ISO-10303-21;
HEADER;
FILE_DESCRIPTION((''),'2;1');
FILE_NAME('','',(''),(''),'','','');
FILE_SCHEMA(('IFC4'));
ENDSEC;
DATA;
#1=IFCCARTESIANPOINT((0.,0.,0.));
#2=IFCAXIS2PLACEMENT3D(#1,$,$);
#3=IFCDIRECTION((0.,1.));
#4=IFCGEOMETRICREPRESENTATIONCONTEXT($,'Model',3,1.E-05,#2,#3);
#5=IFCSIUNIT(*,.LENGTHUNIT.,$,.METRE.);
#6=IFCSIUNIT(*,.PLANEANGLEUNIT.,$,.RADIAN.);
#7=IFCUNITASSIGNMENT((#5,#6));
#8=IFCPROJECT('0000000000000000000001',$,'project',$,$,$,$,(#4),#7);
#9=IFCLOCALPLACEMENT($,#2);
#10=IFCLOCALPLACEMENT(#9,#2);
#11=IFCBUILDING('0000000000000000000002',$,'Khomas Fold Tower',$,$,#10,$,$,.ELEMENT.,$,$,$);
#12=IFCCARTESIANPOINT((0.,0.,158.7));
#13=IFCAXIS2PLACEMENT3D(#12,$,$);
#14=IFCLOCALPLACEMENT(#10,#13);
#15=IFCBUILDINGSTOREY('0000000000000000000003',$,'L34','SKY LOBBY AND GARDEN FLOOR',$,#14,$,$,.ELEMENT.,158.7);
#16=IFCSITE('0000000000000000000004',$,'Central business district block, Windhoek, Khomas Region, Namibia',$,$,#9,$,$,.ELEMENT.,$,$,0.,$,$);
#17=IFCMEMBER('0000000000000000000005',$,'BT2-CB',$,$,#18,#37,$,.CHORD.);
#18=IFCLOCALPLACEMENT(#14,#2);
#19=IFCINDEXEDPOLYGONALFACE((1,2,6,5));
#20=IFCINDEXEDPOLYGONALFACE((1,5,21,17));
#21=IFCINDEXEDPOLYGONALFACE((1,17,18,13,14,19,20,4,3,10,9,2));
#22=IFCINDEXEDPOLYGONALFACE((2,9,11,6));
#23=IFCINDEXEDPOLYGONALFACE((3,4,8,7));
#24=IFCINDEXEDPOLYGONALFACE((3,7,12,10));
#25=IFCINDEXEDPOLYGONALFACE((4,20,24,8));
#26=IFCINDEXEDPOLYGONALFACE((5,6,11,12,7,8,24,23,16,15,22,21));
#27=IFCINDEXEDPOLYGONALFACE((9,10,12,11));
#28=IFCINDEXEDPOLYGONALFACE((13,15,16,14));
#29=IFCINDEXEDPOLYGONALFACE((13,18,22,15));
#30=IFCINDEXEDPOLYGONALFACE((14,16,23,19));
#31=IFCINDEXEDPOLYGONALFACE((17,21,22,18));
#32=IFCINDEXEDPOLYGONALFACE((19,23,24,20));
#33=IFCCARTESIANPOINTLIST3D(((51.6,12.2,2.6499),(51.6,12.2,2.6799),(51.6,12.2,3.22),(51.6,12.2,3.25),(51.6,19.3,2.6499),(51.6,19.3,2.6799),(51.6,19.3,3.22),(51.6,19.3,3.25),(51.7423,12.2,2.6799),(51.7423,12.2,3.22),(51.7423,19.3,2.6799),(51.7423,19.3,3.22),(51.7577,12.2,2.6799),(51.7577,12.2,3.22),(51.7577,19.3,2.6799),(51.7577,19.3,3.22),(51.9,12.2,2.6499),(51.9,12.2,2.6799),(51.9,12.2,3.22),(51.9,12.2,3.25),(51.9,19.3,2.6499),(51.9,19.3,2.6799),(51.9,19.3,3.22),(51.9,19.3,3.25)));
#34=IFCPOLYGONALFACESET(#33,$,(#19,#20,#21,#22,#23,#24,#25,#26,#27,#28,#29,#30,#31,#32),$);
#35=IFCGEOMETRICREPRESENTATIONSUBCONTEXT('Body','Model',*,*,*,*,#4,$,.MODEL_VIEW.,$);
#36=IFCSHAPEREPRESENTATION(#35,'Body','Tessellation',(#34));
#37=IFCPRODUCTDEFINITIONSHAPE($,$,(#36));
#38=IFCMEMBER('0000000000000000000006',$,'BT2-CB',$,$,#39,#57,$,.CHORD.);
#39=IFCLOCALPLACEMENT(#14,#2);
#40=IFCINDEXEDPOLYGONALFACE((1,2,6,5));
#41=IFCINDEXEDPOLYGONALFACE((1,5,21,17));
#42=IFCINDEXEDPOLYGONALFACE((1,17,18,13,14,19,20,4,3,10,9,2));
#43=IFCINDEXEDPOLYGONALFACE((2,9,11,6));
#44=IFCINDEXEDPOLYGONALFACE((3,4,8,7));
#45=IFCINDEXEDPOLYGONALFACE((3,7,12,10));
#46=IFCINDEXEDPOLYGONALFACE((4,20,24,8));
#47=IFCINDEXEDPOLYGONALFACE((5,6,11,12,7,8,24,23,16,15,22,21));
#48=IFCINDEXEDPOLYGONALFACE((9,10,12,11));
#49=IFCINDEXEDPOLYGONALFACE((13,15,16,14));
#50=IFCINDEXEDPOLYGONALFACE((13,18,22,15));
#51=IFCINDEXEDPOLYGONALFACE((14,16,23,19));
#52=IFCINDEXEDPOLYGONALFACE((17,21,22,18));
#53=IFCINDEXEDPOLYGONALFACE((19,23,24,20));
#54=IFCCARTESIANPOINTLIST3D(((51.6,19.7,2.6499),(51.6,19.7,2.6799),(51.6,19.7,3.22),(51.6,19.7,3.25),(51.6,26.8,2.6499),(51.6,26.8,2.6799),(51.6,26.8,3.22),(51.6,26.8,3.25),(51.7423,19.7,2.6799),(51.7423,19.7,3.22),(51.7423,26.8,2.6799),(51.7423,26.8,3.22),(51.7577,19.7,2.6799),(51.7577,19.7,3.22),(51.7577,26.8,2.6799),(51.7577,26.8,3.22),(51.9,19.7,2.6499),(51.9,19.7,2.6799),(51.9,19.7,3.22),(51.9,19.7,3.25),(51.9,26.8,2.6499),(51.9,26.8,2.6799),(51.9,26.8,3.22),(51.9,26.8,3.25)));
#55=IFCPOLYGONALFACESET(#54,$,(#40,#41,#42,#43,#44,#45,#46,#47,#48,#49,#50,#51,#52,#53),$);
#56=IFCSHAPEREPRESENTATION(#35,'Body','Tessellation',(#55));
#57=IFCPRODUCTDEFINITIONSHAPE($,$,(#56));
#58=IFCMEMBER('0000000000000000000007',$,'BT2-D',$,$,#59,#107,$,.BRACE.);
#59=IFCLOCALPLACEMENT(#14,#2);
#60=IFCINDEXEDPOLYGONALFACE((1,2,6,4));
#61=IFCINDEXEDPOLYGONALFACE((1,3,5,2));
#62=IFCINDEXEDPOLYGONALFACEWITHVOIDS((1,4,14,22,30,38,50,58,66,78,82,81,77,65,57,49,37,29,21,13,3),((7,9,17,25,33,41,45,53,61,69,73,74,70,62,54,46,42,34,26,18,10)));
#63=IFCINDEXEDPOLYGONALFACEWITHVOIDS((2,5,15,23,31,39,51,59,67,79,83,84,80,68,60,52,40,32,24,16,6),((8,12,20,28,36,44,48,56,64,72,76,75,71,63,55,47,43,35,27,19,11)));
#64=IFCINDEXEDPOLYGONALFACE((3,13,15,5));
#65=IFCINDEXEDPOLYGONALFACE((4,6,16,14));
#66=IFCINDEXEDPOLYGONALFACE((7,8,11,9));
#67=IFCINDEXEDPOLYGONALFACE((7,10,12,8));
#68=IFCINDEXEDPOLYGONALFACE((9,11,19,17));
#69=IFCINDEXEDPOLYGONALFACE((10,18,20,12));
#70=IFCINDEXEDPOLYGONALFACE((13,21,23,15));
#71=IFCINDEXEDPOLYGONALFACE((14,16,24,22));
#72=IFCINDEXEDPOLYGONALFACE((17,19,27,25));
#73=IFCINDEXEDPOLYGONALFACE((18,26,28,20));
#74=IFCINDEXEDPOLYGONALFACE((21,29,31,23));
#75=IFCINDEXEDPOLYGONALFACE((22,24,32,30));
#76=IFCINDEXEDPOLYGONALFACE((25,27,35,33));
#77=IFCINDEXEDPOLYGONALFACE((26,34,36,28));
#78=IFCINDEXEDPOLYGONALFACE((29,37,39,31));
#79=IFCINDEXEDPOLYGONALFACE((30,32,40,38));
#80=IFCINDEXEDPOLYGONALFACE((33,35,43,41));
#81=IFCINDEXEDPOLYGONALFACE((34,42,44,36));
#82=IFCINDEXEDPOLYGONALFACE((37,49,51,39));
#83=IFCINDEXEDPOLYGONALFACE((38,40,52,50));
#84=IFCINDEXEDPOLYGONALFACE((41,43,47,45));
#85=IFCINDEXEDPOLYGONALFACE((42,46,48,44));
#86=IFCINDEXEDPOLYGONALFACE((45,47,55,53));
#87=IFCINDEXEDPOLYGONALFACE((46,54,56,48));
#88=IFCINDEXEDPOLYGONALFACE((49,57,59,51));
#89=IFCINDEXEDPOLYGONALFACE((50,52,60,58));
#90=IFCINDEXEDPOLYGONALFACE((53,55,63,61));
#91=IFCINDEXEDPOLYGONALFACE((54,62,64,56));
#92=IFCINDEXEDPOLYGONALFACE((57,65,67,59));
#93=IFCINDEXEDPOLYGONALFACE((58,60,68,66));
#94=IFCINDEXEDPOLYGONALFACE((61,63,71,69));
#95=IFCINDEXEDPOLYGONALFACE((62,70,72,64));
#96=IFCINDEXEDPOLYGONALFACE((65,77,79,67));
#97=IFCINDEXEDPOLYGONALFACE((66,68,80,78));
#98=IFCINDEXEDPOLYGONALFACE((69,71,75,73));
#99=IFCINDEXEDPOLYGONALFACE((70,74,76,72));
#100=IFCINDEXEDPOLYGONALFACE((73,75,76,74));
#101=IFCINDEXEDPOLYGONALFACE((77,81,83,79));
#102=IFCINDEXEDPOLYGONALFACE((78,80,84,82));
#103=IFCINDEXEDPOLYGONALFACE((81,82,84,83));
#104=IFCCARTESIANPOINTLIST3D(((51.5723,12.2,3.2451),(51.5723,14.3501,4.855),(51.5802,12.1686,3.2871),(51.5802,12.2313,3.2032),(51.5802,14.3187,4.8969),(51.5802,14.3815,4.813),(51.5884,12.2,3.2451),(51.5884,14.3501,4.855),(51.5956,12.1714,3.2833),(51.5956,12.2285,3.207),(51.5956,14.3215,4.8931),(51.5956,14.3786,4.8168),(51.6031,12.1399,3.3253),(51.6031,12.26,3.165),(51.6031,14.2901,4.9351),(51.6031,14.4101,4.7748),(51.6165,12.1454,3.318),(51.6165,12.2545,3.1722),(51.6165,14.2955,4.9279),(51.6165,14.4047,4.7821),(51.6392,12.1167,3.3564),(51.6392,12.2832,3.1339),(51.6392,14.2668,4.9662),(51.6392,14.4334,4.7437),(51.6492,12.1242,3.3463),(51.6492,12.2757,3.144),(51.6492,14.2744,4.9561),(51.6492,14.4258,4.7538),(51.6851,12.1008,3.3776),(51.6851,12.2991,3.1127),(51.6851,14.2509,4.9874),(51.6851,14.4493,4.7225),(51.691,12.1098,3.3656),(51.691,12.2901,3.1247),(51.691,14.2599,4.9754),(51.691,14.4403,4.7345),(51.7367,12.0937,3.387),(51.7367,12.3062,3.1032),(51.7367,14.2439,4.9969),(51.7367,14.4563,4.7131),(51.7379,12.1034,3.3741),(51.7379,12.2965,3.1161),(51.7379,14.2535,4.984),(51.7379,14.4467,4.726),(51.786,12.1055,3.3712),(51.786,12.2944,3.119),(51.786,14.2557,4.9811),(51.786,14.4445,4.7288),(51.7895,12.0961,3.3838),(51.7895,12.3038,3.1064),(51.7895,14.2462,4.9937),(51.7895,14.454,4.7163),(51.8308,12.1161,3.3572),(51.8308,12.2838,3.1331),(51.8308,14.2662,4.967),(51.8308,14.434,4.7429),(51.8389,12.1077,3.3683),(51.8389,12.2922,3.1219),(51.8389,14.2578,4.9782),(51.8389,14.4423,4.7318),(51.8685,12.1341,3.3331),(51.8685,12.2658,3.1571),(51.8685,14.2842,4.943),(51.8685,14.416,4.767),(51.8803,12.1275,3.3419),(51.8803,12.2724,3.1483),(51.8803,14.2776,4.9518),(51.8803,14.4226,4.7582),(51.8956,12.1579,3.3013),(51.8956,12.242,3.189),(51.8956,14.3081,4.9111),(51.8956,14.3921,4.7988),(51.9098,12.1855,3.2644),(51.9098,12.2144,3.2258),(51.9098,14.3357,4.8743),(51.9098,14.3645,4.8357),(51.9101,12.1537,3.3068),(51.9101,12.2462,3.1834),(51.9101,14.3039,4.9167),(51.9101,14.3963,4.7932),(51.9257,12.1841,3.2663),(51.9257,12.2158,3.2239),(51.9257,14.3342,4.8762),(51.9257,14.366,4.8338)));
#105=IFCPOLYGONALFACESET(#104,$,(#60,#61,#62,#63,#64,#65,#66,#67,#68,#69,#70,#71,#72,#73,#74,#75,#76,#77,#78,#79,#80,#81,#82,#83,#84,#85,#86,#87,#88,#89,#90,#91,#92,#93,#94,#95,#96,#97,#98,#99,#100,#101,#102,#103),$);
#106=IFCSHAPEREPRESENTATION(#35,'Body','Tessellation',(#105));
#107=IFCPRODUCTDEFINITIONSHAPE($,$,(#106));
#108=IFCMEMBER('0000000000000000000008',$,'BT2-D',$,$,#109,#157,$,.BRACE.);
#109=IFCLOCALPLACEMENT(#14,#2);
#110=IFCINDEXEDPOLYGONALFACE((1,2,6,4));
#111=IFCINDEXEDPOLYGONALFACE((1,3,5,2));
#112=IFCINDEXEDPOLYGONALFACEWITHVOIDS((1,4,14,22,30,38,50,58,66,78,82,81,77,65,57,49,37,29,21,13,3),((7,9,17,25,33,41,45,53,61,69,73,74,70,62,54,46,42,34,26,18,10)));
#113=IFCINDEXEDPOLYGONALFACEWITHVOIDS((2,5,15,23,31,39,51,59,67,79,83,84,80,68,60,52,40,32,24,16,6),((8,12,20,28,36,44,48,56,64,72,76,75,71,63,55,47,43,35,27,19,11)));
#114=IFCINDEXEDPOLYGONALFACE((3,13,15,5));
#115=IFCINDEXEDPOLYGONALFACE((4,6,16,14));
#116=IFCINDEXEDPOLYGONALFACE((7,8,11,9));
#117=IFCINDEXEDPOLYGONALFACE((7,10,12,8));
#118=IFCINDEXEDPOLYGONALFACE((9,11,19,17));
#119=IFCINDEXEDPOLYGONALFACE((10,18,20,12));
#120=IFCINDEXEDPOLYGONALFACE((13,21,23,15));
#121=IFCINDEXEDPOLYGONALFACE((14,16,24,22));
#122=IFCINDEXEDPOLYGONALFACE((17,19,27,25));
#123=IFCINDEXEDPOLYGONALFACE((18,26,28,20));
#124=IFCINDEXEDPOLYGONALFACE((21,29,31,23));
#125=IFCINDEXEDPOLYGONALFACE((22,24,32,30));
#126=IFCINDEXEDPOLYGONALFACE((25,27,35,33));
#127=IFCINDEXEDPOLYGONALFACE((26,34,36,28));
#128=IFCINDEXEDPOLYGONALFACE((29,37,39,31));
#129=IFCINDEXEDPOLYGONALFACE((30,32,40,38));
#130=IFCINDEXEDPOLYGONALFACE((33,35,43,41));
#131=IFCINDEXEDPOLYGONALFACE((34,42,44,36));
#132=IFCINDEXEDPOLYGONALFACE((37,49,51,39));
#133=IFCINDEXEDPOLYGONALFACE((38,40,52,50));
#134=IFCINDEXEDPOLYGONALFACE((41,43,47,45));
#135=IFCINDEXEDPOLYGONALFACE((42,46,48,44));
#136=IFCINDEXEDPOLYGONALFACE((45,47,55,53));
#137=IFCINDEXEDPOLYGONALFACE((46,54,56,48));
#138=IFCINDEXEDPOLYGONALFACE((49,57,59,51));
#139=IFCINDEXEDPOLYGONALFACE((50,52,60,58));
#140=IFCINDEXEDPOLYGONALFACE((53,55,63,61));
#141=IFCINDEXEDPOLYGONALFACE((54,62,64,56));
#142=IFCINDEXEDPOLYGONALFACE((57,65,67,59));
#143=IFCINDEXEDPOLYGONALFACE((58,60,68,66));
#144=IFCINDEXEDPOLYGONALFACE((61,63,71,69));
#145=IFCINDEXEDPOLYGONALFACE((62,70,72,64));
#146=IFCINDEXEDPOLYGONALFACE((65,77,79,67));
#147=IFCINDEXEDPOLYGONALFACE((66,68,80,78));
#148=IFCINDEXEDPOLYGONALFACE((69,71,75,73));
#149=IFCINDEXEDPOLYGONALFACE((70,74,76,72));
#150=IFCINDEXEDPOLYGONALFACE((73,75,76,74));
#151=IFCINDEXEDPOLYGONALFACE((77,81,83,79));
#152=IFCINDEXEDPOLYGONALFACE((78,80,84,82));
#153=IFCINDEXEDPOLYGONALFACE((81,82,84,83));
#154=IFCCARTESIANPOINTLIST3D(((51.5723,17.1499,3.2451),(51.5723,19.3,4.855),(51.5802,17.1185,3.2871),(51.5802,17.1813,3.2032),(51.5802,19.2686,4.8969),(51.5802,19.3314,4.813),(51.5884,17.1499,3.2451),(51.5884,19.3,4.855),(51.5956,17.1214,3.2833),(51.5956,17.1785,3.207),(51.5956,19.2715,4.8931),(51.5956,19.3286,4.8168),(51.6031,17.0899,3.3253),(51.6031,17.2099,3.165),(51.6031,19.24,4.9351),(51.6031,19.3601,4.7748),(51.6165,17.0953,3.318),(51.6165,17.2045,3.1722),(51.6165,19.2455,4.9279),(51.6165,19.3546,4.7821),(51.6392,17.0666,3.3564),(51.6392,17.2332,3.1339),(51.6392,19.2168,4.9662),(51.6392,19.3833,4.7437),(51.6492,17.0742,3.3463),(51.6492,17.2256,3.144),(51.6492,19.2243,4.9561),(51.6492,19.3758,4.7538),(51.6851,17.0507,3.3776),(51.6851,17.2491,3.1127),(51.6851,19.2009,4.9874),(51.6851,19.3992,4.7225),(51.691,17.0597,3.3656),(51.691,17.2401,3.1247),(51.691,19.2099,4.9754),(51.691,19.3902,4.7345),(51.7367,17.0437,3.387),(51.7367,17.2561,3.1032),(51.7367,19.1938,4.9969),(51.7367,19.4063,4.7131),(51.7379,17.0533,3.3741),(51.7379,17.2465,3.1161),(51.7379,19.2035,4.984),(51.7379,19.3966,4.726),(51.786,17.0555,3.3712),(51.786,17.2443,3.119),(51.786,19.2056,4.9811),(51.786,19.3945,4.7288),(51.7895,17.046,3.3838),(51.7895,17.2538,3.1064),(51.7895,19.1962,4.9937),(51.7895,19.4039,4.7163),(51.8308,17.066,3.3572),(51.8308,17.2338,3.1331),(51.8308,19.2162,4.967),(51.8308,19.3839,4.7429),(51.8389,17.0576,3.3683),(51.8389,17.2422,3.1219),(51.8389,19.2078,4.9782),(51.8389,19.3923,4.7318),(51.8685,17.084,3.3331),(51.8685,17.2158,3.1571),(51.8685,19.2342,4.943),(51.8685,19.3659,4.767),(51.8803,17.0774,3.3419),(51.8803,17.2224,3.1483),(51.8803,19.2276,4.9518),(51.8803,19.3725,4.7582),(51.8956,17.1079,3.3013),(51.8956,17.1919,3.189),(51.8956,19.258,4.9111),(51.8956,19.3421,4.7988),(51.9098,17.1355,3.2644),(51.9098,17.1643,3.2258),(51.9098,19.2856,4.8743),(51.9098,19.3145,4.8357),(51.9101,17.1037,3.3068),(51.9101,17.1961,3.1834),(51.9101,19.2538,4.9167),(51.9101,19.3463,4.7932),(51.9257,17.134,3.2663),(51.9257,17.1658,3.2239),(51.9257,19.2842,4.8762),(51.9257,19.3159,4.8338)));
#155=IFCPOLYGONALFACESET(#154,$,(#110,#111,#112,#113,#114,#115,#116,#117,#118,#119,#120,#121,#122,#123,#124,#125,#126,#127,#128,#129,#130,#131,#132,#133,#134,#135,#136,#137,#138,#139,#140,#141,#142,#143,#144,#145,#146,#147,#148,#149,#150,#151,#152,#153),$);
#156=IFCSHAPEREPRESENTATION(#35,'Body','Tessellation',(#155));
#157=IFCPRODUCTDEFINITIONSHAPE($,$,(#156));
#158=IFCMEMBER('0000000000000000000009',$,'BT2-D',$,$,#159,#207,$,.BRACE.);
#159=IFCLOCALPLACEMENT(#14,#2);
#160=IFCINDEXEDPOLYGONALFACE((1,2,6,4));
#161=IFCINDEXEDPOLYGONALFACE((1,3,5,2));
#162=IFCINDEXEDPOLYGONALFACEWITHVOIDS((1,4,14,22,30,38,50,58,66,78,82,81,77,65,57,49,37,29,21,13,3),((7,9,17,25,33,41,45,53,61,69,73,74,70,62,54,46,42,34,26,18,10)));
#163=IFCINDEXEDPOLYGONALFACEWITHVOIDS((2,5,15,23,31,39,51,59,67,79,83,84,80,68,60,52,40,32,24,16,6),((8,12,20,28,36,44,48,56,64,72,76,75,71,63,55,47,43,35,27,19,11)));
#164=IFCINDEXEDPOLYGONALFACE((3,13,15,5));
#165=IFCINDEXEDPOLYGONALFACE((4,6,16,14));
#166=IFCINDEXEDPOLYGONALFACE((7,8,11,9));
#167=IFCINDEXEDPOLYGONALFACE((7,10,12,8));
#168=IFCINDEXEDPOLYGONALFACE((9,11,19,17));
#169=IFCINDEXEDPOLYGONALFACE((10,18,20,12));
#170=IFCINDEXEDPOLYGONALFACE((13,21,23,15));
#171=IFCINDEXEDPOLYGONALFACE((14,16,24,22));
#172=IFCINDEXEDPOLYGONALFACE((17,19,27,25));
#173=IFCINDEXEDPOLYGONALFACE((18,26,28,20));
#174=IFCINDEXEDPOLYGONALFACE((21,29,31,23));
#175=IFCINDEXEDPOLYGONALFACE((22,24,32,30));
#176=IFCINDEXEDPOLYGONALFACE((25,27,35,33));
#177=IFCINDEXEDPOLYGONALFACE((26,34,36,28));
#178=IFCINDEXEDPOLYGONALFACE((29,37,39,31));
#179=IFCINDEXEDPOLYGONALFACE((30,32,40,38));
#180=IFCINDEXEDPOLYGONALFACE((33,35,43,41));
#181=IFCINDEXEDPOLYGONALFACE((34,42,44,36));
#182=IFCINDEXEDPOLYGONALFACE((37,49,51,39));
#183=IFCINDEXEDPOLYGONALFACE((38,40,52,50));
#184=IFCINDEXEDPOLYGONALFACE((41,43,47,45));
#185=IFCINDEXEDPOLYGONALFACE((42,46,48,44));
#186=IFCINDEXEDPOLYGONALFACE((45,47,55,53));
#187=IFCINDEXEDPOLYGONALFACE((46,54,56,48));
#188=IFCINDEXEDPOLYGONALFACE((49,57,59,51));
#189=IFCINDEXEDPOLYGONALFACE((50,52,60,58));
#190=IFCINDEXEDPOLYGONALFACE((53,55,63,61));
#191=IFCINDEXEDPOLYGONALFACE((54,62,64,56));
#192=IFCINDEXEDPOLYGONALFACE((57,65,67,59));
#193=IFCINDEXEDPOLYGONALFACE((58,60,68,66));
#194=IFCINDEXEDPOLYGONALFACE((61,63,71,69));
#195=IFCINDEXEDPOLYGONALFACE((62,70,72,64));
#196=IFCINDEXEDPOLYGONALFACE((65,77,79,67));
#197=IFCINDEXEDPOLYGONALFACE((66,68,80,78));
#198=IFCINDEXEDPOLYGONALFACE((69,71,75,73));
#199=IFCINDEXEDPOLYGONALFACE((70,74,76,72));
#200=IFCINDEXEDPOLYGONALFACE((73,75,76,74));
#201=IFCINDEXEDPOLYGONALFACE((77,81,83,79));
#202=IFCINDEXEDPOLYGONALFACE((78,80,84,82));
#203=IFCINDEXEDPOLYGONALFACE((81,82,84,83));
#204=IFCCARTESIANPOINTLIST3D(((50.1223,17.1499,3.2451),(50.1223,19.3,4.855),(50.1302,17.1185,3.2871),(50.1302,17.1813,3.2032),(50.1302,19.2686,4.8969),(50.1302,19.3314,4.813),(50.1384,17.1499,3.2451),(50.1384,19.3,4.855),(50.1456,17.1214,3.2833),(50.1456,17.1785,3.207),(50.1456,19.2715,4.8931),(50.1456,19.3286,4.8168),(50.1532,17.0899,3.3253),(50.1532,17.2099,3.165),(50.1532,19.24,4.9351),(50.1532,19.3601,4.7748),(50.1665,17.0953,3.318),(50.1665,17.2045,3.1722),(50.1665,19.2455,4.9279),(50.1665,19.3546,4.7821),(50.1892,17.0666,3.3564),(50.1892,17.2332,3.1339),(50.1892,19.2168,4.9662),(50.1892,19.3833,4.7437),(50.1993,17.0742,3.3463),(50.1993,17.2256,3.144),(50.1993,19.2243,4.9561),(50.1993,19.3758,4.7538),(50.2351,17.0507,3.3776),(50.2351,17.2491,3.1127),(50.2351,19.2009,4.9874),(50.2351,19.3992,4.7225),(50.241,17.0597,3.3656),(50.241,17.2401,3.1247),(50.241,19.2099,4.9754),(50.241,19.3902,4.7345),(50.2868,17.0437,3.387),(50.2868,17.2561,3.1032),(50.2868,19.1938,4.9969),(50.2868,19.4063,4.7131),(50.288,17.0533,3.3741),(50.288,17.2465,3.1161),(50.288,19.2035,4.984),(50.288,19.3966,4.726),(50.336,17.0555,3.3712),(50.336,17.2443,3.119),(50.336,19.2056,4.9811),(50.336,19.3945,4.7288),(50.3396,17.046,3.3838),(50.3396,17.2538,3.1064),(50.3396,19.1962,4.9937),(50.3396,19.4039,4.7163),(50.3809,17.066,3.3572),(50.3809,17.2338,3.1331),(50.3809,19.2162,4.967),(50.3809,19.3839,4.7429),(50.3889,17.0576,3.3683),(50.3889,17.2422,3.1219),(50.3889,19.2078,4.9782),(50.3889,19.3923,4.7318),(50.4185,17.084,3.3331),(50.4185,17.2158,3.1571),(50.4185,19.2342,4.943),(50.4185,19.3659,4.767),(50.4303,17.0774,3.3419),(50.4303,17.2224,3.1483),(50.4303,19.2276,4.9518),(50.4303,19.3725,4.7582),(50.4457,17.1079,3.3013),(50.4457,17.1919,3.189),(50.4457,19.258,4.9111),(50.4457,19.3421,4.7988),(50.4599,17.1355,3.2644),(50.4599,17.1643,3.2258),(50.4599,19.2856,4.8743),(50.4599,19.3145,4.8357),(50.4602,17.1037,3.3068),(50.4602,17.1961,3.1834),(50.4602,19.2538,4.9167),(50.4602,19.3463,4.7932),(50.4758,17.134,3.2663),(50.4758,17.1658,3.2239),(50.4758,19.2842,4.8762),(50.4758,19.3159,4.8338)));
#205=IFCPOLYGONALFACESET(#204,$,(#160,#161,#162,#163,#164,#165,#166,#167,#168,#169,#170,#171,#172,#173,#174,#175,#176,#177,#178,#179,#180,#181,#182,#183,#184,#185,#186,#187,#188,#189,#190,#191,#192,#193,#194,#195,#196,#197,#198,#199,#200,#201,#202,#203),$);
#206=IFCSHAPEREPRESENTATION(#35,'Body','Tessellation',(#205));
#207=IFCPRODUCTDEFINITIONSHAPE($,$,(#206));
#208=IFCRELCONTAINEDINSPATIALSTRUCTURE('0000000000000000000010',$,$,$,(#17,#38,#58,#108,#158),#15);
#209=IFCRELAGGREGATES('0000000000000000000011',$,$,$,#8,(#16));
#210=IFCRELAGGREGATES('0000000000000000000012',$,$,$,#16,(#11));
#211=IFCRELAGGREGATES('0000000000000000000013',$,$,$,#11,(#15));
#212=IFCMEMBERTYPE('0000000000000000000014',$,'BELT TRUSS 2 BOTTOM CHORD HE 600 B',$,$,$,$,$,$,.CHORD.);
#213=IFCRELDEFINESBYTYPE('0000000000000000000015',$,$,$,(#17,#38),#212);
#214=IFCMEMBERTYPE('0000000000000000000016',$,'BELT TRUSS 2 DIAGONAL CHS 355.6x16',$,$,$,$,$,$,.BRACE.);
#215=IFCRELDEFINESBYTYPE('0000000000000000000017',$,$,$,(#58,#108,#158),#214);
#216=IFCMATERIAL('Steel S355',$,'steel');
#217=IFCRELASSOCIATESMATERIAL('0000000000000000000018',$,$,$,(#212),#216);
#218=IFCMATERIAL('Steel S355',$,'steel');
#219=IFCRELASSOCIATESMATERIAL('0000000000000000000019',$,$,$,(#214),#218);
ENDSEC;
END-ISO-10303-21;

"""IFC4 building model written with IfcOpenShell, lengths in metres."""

from ifc_helpers import new_model, si_unit, direction, frame, origin, origin_2d, place, context, subcontext, project, spatial, hollow_circle, i_section, extrude, source, transform, mapped, material, material_profile, profile_set, type_object, element, save


model = new_model("IFC4")

# Units and contexts
model_context = context("Model", 3, precision=1e-05, world=origin(), true_north=direction((0.0, 1.0)))
body_context = subcontext(model_context, "Body", "Model", "MODEL_VIEW")
ifc_project = project(units=[si_unit("LENGTHUNIT", "METRE"), si_unit("PLANEANGLEUNIT", "RADIAN")], contexts=[model_context])

# Site, building, storey
site_placement = place(None, origin())
site = spatial("IfcSite", under=ifc_project, at=site_placement, Name="Central business district block, Windhoek, Khomas Region, Namibia", CompositionType="ELEMENT", RefElevation=0.0)
building_placement = place(site_placement, origin())
building = spatial("IfcBuilding", under=site, at=building_placement, Name="Khomas Fold Tower", CompositionType="ELEMENT")
storey_placement = place(building_placement, frame((0.0, 0.0, 158.7)))
storey = spatial("IfcBuildingStorey", under=building, at=storey_placement, Name="L34", Description="SKY LOBBY AND GARDEN FLOOR", CompositionType="ELEMENT", Elevation=158.7)

# Members
ifc_material_1 = material(Name="Steel S355", Category="steel")
ifc_material_profile_1 = material_profile(ifc_material_1, i_section(OverallWidth=0.3, OverallDepth=0.6001, WebThickness=0.0154, FlangeThickness=0.03, at=origin_2d()), Name="HE 600 B")
ifc_profile_set_1 = profile_set([ifc_material_profile_1], Name="Steel S355")
member_type_1 = type_object("IfcMemberType", Name="BELT TRUSS 2 BOTTOM CHORD HE 600 B", PredefinedType="CHORD", material=ifc_profile_set_1)
shared_shape_1 = source(origin(), body_context, "Body", "SweptSolid", [
    extrude(i_section(OverallWidth=0.3, OverallDepth=0.6001, WebThickness=0.0154, FlangeThickness=0.03, at=origin_2d()), origin(), (0.0, 0.0, 1.0), 7.1001),
])
for number, where, z_axis, x_axis, name in (
    (1, (51.75, 12.2, 2.95), (0.0, 1.0, 0.0), (-1.0, 0.0, 0.0), "BT2-CB"),
    (2, (51.75, 19.7, 2.95), (0.0, 1.0, 0.0), (-1.0, 0.0, 0.0), "BT2-CB"),
):
    element("IfcMember", number, at=place(storey_placement, frame(where, z_axis=z_axis, x_axis=x_axis)), inside=storey, type_object=member_type_1, Name=name, PredefinedType="CHORD", context=body_context, shape_type="MappedRepresentation", body=[
        mapped(shared_shape_1, transform((0.0, 0.0, 0.0))),
    ])
ifc_material_2 = material(Name="Steel S355", Category="steel")
ifc_material_profile_2 = material_profile(ifc_material_2, hollow_circle(Radius=0.1777, WallThickness=0.0161, at=origin_2d()), Name="CHS 355.6x16")
ifc_profile_set_2 = profile_set([ifc_material_profile_2], Name="Steel S355")
member_type_2 = type_object("IfcMemberType", Name="BELT TRUSS 2 DIAGONAL CHS 355.6x16", PredefinedType="BRACE", material=ifc_profile_set_2)
shared_shape_2 = source(origin(), body_context, "Body", "SweptSolid", [
    extrude(hollow_circle(Radius=0.1777, WallThickness=0.0161, at=origin_2d()), origin(), (0.0, 0.0, 1.0), 2.686),
])
for number, where, z_axis, x_axis, name in (
    (3, (51.75, 12.2, 3.2451), (0.0, 0.800491, 0.599345), (-1.0, 0.0, 0.0), "BT2-D"),
    (4, (51.75, 17.1499, 3.2451), (0.0, 0.800491, 0.599345), (-1.0, 0.0, 0.0), "BT2-D"),
    (5, (50.3, 17.1499, 3.2451), (0.0, 0.800491, 0.599345), (-1.0, 0.0, 0.0), "BT2-D"),
):
    element("IfcMember", number, at=place(storey_placement, frame(where, z_axis=z_axis, x_axis=x_axis)), inside=storey, type_object=member_type_2, Name=name, PredefinedType="BRACE", context=body_context, shape_type="MappedRepresentation", body=[
        mapped(shared_shape_2, transform((0.0, 0.0, 0.0))),
    ])

save(model, "model.ifc")
